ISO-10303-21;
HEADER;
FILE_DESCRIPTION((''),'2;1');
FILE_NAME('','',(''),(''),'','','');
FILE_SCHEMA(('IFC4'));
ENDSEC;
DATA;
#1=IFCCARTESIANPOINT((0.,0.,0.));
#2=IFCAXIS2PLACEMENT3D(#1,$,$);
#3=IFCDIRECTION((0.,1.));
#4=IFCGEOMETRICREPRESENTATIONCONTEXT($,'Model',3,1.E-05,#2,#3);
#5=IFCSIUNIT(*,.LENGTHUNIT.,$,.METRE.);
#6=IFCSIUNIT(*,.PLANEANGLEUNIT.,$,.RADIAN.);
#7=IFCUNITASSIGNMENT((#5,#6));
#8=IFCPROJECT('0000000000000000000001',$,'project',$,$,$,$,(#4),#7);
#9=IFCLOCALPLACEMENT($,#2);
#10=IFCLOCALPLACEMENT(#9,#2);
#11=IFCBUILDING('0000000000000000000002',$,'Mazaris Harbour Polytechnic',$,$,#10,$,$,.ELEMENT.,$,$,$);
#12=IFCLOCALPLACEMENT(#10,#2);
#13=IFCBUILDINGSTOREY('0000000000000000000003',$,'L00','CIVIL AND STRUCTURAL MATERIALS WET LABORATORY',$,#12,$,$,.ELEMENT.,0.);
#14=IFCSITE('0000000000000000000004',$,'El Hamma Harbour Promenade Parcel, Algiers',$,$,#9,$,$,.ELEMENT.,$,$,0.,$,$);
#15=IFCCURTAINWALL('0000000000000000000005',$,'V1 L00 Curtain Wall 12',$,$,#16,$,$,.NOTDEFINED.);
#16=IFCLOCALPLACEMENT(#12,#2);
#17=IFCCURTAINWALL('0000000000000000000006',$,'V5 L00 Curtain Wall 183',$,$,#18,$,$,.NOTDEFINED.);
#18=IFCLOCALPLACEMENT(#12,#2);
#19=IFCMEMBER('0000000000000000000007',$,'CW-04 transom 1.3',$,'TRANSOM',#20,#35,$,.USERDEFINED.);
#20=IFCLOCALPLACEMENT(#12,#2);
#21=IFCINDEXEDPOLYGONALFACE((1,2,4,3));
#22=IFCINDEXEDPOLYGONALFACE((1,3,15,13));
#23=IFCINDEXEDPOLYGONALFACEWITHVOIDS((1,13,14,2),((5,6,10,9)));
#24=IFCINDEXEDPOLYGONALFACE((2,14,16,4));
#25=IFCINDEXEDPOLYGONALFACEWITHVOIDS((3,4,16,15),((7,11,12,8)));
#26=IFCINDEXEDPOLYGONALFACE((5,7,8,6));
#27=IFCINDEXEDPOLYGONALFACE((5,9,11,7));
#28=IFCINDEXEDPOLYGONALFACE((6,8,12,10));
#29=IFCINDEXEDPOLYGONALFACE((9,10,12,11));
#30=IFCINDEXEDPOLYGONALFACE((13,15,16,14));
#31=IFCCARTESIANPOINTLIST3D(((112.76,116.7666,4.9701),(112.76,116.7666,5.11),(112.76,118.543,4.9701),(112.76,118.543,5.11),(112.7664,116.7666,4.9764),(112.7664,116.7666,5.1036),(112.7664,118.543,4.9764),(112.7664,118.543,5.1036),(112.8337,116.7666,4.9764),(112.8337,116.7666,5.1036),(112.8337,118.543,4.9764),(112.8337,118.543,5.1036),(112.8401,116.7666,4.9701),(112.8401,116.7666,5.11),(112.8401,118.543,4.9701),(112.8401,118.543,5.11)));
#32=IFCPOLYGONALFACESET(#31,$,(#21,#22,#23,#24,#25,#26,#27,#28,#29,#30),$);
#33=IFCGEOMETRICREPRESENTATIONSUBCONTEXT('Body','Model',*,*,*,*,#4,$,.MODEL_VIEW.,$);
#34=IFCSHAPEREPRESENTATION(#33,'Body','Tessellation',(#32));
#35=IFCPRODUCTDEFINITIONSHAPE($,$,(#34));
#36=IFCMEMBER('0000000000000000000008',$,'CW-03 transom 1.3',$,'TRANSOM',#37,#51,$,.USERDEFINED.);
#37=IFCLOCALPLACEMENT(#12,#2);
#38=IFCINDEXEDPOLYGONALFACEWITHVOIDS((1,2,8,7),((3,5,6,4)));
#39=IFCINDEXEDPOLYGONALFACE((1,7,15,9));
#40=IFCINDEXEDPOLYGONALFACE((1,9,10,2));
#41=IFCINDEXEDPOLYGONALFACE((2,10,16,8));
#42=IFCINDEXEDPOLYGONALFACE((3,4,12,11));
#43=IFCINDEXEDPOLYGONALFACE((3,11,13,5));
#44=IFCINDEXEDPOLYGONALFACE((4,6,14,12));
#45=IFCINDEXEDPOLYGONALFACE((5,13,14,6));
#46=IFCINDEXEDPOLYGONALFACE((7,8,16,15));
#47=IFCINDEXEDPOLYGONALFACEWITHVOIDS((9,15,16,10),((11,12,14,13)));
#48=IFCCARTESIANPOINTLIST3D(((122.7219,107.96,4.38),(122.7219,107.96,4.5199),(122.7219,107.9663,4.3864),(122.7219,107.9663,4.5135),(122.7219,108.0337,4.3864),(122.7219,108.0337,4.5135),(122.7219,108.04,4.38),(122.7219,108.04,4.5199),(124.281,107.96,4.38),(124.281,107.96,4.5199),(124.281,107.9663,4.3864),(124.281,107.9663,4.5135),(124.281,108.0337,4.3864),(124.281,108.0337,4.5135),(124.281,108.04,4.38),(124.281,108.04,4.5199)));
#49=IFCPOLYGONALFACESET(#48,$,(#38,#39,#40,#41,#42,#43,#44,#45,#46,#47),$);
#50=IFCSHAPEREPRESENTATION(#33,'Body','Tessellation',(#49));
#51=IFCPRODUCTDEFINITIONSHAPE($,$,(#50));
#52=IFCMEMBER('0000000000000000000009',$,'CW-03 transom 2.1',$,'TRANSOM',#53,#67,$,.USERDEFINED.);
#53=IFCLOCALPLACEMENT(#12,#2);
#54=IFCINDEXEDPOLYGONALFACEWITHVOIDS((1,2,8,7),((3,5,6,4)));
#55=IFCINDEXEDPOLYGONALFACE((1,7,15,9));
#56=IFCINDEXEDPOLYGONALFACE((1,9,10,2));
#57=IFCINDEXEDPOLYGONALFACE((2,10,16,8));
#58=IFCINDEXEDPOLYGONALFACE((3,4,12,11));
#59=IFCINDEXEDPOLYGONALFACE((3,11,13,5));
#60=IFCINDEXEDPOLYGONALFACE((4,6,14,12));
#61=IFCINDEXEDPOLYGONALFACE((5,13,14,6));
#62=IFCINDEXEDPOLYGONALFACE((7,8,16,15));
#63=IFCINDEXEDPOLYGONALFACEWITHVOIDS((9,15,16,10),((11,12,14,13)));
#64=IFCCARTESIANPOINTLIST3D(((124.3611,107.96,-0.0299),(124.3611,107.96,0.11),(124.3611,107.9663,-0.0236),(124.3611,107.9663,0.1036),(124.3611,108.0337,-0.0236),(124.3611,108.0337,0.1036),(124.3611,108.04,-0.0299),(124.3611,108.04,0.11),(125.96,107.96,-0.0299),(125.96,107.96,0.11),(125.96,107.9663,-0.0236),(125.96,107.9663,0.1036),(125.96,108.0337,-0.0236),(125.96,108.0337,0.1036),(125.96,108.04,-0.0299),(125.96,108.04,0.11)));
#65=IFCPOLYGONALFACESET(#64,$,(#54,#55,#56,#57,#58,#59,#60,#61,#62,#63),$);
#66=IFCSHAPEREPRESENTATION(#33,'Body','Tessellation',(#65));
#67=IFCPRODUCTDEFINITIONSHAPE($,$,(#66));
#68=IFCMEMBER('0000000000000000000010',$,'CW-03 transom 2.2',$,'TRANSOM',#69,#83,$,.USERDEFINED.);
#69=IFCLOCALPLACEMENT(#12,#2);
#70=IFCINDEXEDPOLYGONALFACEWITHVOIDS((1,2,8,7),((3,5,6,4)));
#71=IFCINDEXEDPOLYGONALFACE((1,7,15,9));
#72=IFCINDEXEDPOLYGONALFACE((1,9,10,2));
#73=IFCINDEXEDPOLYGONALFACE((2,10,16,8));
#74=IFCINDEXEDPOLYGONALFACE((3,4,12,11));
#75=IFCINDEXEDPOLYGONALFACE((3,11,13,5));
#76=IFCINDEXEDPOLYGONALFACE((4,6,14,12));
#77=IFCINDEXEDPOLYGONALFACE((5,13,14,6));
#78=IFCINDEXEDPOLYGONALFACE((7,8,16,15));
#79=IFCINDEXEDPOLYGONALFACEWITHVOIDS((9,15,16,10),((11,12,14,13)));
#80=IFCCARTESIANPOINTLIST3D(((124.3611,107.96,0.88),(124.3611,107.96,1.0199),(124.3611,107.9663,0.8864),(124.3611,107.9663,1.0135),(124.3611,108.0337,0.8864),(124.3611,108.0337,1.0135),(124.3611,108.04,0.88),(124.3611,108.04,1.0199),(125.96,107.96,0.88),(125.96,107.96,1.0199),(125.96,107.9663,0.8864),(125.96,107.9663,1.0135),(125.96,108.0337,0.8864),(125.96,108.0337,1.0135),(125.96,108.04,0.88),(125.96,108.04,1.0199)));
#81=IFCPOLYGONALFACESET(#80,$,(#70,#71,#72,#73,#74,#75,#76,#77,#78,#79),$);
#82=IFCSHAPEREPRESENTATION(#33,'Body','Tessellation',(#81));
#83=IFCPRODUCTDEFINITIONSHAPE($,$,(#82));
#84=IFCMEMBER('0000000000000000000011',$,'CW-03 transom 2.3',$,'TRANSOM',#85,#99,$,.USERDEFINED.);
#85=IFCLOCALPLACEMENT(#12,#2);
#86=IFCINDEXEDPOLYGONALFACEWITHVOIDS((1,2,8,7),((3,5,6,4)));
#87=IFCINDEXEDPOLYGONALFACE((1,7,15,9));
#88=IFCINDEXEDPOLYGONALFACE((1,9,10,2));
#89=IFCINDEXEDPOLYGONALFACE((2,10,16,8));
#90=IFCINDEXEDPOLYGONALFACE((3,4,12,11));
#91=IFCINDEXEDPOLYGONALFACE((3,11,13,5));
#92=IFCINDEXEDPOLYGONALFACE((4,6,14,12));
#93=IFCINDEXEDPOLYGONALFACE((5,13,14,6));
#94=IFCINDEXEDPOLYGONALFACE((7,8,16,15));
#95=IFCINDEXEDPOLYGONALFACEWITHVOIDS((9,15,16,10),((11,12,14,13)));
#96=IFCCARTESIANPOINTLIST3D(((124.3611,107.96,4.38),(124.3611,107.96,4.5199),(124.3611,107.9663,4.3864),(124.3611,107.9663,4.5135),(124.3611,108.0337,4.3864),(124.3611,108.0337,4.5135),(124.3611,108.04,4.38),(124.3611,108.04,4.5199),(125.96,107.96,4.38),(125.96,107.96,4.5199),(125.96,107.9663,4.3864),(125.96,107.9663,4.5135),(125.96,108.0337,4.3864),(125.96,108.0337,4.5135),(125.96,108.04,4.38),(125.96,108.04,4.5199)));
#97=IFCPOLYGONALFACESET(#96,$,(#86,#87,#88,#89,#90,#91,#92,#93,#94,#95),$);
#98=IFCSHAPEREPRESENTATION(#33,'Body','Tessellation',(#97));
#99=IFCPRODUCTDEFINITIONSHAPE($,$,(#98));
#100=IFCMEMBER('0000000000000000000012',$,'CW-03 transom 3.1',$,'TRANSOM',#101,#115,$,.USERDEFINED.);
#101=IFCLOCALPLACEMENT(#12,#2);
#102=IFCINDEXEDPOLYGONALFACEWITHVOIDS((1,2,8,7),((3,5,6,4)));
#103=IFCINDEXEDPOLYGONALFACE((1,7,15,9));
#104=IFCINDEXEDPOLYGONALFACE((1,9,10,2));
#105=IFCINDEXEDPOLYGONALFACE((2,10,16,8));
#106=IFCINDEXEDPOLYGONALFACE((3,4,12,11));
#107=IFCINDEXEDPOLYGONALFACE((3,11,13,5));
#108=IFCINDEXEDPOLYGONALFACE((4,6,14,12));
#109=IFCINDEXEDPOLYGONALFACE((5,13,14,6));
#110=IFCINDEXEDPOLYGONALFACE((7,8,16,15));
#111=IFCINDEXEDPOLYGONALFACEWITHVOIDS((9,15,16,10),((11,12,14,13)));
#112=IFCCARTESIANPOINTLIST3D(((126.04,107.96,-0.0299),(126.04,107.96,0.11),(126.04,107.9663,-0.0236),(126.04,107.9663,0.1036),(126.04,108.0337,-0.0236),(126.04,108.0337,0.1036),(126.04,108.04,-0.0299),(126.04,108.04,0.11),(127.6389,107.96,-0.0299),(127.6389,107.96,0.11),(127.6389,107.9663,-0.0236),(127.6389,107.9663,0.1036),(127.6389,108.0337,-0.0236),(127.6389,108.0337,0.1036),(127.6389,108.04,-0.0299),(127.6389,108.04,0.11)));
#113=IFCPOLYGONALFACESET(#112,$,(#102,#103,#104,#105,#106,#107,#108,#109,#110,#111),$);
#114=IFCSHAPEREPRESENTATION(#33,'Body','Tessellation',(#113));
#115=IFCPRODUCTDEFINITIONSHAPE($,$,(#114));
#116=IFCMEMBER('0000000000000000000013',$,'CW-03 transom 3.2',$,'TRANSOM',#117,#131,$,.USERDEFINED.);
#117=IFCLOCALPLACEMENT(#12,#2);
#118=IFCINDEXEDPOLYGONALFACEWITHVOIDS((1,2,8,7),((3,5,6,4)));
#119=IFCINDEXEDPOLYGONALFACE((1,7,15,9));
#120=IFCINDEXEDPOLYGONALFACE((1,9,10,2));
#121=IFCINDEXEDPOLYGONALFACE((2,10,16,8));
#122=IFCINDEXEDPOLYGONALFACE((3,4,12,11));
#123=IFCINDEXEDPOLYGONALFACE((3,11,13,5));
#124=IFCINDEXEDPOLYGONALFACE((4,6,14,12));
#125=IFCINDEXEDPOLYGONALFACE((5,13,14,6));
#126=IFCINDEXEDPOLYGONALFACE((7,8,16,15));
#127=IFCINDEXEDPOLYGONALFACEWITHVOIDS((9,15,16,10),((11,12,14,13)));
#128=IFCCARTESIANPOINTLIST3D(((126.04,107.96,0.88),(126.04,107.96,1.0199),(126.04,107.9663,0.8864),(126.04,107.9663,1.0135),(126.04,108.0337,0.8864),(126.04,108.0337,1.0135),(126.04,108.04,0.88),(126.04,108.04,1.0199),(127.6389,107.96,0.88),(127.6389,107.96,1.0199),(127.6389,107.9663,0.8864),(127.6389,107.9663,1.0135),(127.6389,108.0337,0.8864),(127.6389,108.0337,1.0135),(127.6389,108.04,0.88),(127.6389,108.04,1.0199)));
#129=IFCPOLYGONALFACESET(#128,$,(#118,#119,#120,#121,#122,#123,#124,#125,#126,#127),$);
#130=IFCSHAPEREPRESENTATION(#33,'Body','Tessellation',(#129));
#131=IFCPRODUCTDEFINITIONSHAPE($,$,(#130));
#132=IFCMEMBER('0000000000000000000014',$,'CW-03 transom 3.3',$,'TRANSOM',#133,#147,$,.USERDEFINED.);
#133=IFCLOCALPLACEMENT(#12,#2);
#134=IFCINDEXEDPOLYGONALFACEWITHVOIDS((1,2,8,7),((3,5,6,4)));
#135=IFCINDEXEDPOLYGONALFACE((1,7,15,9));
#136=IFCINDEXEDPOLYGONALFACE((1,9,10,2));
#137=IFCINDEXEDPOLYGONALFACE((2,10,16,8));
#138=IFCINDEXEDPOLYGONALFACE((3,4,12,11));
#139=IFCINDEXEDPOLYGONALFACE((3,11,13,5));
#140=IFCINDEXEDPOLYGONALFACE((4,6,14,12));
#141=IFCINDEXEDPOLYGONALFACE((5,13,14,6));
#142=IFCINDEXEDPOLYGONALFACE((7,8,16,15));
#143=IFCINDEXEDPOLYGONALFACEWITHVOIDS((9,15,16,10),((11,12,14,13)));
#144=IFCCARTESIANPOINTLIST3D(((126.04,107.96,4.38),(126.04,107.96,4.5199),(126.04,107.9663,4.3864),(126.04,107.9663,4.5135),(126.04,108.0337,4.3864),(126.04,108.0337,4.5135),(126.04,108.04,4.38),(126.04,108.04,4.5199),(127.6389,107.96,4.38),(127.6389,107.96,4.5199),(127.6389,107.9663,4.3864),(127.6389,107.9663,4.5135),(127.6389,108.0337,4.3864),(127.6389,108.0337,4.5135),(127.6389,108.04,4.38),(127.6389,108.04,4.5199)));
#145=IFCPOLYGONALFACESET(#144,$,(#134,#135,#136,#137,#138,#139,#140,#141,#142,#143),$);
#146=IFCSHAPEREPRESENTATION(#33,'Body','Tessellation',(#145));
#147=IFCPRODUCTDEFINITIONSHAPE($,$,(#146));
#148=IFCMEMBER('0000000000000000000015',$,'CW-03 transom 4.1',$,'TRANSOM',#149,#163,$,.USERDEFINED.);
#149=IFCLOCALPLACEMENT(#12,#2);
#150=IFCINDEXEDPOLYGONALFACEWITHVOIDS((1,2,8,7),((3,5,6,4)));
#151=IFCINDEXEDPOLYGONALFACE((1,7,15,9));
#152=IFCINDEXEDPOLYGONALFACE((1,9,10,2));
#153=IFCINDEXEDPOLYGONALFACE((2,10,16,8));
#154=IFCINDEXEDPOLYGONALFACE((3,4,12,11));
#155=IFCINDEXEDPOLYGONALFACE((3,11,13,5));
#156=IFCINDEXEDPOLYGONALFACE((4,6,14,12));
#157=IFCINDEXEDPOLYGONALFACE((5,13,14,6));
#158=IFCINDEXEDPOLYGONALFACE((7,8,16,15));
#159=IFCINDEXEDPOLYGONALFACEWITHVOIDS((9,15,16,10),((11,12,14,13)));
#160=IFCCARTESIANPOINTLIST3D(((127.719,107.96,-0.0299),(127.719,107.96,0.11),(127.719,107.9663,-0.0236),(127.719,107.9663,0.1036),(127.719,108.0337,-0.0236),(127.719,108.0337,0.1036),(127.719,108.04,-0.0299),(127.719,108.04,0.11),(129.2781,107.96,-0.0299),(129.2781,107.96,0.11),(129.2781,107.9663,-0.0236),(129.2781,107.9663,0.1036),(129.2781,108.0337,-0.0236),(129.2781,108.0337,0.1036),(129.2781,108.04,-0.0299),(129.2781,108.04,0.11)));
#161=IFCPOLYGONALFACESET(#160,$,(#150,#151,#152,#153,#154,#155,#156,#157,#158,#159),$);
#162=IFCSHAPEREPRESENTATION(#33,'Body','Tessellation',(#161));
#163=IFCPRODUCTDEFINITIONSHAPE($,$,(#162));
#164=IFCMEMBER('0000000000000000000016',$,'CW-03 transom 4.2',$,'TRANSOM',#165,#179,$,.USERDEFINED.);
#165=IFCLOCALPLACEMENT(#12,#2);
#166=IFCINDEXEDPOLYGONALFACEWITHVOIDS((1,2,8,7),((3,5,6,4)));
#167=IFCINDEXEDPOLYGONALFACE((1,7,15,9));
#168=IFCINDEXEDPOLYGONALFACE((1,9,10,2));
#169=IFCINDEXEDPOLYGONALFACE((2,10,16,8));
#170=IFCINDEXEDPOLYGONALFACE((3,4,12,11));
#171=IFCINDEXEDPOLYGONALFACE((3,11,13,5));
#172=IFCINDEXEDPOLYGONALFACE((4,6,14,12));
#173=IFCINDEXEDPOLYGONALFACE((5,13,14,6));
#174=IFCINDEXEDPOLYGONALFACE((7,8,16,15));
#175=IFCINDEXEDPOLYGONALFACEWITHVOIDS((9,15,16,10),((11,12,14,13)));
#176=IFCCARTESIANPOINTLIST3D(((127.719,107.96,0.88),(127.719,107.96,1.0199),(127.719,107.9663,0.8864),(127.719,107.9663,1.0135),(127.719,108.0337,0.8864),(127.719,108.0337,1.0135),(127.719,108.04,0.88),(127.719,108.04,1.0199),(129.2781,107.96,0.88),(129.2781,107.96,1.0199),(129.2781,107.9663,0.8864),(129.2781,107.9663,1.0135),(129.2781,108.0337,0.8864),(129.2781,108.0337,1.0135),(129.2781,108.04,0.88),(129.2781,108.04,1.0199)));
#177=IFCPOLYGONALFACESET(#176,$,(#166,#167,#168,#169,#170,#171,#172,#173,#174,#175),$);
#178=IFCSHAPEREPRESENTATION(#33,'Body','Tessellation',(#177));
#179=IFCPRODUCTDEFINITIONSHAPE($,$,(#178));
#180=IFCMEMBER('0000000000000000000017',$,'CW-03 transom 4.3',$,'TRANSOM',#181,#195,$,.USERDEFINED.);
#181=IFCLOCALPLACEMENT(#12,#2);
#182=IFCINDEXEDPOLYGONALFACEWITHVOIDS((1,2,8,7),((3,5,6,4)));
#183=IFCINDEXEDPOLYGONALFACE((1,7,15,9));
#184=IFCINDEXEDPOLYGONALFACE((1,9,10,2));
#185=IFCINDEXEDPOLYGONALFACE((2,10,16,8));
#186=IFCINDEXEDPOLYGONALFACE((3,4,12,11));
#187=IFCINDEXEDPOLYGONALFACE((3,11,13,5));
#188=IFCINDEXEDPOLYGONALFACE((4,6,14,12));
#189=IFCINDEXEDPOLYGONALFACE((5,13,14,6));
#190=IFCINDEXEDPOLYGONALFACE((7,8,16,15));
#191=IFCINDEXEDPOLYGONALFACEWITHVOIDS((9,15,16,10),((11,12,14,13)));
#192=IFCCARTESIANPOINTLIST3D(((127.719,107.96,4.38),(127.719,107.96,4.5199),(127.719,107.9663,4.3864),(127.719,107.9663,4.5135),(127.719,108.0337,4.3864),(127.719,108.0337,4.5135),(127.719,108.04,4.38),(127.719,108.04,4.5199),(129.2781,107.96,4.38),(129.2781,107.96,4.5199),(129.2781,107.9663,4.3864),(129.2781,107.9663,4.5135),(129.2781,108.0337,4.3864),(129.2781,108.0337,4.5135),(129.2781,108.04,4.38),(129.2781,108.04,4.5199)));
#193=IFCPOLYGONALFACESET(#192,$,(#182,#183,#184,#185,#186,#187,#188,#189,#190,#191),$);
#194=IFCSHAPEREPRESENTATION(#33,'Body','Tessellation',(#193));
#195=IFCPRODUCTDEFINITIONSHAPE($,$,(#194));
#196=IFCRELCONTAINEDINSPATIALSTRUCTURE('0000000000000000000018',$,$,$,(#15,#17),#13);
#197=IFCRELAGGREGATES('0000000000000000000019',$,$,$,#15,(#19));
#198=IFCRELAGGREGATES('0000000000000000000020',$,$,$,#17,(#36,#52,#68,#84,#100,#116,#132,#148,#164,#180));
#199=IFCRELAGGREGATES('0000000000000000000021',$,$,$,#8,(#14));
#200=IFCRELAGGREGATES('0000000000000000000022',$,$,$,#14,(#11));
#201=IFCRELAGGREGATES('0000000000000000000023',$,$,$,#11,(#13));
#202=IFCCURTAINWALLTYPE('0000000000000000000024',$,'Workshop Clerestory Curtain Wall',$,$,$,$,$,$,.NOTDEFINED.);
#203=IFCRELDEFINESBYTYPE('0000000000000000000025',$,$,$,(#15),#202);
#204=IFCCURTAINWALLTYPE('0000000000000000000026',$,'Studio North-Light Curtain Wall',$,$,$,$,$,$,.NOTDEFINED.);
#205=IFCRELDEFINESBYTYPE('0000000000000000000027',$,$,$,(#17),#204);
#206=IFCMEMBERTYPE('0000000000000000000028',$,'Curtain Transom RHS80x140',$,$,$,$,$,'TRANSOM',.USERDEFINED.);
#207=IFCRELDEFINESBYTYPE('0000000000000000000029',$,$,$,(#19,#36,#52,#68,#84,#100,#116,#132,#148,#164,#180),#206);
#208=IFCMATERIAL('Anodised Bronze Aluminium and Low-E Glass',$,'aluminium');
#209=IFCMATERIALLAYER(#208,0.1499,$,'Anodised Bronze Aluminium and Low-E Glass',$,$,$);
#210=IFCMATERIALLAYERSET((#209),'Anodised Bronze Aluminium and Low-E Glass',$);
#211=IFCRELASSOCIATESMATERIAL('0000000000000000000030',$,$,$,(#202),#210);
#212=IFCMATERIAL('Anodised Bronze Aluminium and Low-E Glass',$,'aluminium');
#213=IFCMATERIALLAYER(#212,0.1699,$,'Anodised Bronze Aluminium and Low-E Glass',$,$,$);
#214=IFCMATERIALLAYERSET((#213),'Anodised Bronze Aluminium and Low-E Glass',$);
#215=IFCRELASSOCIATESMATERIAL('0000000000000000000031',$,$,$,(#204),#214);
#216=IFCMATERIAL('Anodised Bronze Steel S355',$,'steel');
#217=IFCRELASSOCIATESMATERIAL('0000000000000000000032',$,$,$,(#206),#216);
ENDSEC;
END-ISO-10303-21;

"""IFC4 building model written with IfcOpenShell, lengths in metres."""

from ifc_helpers import new_model, si_unit, direction, frame, origin, origin_2d, place, context, subcontext, project, spatial, hollow_rectangle, extrude, material, layer, layer_set, material_profile, profile_set, type_object, element, aggregate, save


model = new_model("IFC4")

# Units and contexts
model_context = context("Model", 3, precision=1e-05, world=origin(), true_north=direction((0.0, 1.0)))
body_context = subcontext(model_context, "Body", "Model", "MODEL_VIEW")
ifc_project = project(units=[si_unit("LENGTHUNIT", "METRE"), si_unit("PLANEANGLEUNIT", "RADIAN")], contexts=[model_context])

# Site, building, storey
site_placement = place(None, origin())
site = spatial("IfcSite", under=ifc_project, at=site_placement, Name="El Hamma Harbour Promenade Parcel, Algiers", CompositionType="ELEMENT", RefElevation=0.0)
building_placement = place(site_placement, origin())
building = spatial("IfcBuilding", under=site, at=building_placement, Name="Mazaris Harbour Polytechnic", CompositionType="ELEMENT")
storey_placement = place(building_placement, origin())
storey = spatial("IfcBuildingStorey", under=building, at=storey_placement, Name="L00", Description="CIVIL AND STRUCTURAL MATERIALS WET LABORATORY", CompositionType="ELEMENT", Elevation=0.0)

# Curtain wall
ifc_material_1 = material(Name="Anodised Bronze Aluminium and Low-E Glass", Category="aluminium")
ifc_layer_1 = layer(ifc_material_1, 0.1499, Name="Anodised Bronze Aluminium and Low-E Glass")
ifc_layer_set_1 = layer_set([ifc_layer_1], Name="Anodised Bronze Aluminium and Low-E Glass")
curtain_wall_type_1 = type_object("IfcCurtainWallType", Name="Workshop Clerestory Curtain Wall", PredefinedType="NOTDEFINED", material=ifc_layer_set_1)
curtain_wall_1_placement = place(storey_placement, origin())
curtain_wall_1 = element("IfcCurtainWall", 1, at=curtain_wall_1_placement, inside=storey, type_object=curtain_wall_type_1, Name="V1 L00 Curtain Wall 12", PredefinedType="NOTDEFINED")

# Curtain wall
ifc_material_2 = material(Name="Anodised Bronze Aluminium and Low-E Glass", Category="aluminium")
ifc_layer_2 = layer(ifc_material_2, 0.1699, Name="Anodised Bronze Aluminium and Low-E Glass")
ifc_layer_set_2 = layer_set([ifc_layer_2], Name="Anodised Bronze Aluminium and Low-E Glass")
curtain_wall_type_2 = type_object("IfcCurtainWallType", Name="Studio North-Light Curtain Wall", PredefinedType="NOTDEFINED", material=ifc_layer_set_2)
curtain_wall_2_placement = place(storey_placement, origin())
curtain_wall_2 = element("IfcCurtainWall", 2, at=curtain_wall_2_placement, inside=storey, type_object=curtain_wall_type_2, Name="V5 L00 Curtain Wall 183", PredefinedType="NOTDEFINED")

# Members
ifc_material_3 = material(Name="Anodised Bronze Steel S355", Category="steel")
ifc_material_profile_1 = material_profile(ifc_material_3, hollow_rectangle(XDim=0.0801, YDim=0.1399, WallThickness=0.0063, at=origin_2d()), Name="RHS 80x140x6.3")
ifc_profile_set_1 = profile_set([ifc_material_profile_1], Name="Anodised Bronze Steel S355")
member_type_1 = type_object("IfcMemberType", Name="Curtain Transom RHS80x140", ElementType="TRANSOM", PredefinedType="USERDEFINED", material=ifc_profile_set_1)
member_1_placement = place(storey_placement, frame((112.8, 118.543, 5.04), z_axis=(0.0, -1.0, 0.0), x_axis=(1.0, 0.0, 0.0)))
member_1 = element("IfcMember", 3, at=member_1_placement, type_object=member_type_1, Name="CW-04 transom 1.3", ObjectType="TRANSOM", PredefinedType="USERDEFINED", context=body_context, shape_type="SweptSolid", body=[
    extrude(hollow_rectangle(XDim=0.0801, YDim=0.1399, WallThickness=0.0063, at=origin_2d()), origin(), (0.0, 0.0, 1.0), 1.7764),
])
member_2_placement = place(storey_placement, frame((122.7219, 108.0, 4.45), z_axis=(1.0, 0.0, 0.0), x_axis=(0.0, 1.0, 0.0)))
member_2 = element("IfcMember", 4, at=member_2_placement, type_object=member_type_1, Name="CW-03 transom 1.3", ObjectType="TRANSOM", PredefinedType="USERDEFINED", context=body_context, shape_type="SweptSolid", body=[
    extrude(hollow_rectangle(XDim=0.0801, YDim=0.1399, WallThickness=0.0063, at=origin_2d()), origin(), (0.0, 0.0, 1.0), 1.5591),
])
member_3_placement = place(storey_placement, frame((124.3611, 108.0, 0.04), z_axis=(1.0, 0.0, 0.0), x_axis=(0.0, 1.0, 0.0)))
member_3 = element("IfcMember", 5, at=member_3_placement, type_object=member_type_1, Name="CW-03 transom 2.1", ObjectType="TRANSOM", PredefinedType="USERDEFINED", context=body_context, shape_type="SweptSolid", body=[
    extrude(hollow_rectangle(XDim=0.0801, YDim=0.1399, WallThickness=0.0063, at=origin_2d()), origin(), (0.0, 0.0, 1.0), 1.5989),
])
member_4_placement = place(storey_placement, frame((124.3611, 108.0, 0.95), z_axis=(1.0, 0.0, 0.0), x_axis=(0.0, 1.0, 0.0)))
member_4 = element("IfcMember", 6, at=member_4_placement, type_object=member_type_1, Name="CW-03 transom 2.2", ObjectType="TRANSOM", PredefinedType="USERDEFINED", context=body_context, shape_type="SweptSolid", body=[
    extrude(hollow_rectangle(XDim=0.0801, YDim=0.1399, WallThickness=0.0063, at=origin_2d()), origin(), (0.0, 0.0, 1.0), 1.5989),
])
member_5_placement = place(storey_placement, frame((124.3611, 108.0, 4.45), z_axis=(1.0, 0.0, 0.0), x_axis=(0.0, 1.0, 0.0)))
member_5 = element("IfcMember", 7, at=member_5_placement, type_object=member_type_1, Name="CW-03 transom 2.3", ObjectType="TRANSOM", PredefinedType="USERDEFINED", context=body_context, shape_type="SweptSolid", body=[
    extrude(hollow_rectangle(XDim=0.0801, YDim=0.1399, WallThickness=0.0063, at=origin_2d()), origin(), (0.0, 0.0, 1.0), 1.5989),
])
member_6_placement = place(storey_placement, frame((126.04, 108.0, 0.04), z_axis=(1.0, 0.0, 0.0), x_axis=(0.0, 1.0, 0.0)))
member_6 = element("IfcMember", 8, at=member_6_placement, type_object=member_type_1, Name="CW-03 transom 3.1", ObjectType="TRANSOM", PredefinedType="USERDEFINED", context=body_context, shape_type="SweptSolid", body=[
    extrude(hollow_rectangle(XDim=0.0801, YDim=0.1399, WallThickness=0.0063, at=origin_2d()), origin(), (0.0, 0.0, 1.0), 1.5989),
])
member_7_placement = place(storey_placement, frame((126.04, 108.0, 0.95), z_axis=(1.0, 0.0, 0.0), x_axis=(0.0, 1.0, 0.0)))
member_7 = element("IfcMember", 9, at=member_7_placement, type_object=member_type_1, Name="CW-03 transom 3.2", ObjectType="TRANSOM", PredefinedType="USERDEFINED", context=body_context, shape_type="SweptSolid", body=[
    extrude(hollow_rectangle(XDim=0.0801, YDim=0.1399, WallThickness=0.0063, at=origin_2d()), origin(), (0.0, 0.0, 1.0), 1.5989),
])
member_8_placement = place(storey_placement, frame((126.04, 108.0, 4.45), z_axis=(1.0, 0.0, 0.0), x_axis=(0.0, 1.0, 0.0)))
member_8 = element("IfcMember", 10, at=member_8_placement, type_object=member_type_1, Name="CW-03 transom 3.3", ObjectType="TRANSOM", PredefinedType="USERDEFINED", context=body_context, shape_type="SweptSolid", body=[
    extrude(hollow_rectangle(XDim=0.0801, YDim=0.1399, WallThickness=0.0063, at=origin_2d()), origin(), (0.0, 0.0, 1.0), 1.5989),
])
member_9_placement = place(storey_placement, frame((127.719, 108.0, 0.04), z_axis=(1.0, 0.0, 0.0), x_axis=(0.0, 1.0, 0.0)))
member_9 = element("IfcMember", 11, at=member_9_placement, type_object=member_type_1, Name="CW-03 transom 4.1", ObjectType="TRANSOM", PredefinedType="USERDEFINED", context=body_context, shape_type="SweptSolid", body=[
    extrude(hollow_rectangle(XDim=0.0801, YDim=0.1399, WallThickness=0.0063, at=origin_2d()), origin(), (0.0, 0.0, 1.0), 1.5591),
])
member_10_placement = place(storey_placement, frame((127.719, 108.0, 0.95), z_axis=(1.0, 0.0, 0.0), x_axis=(0.0, 1.0, 0.0)))
member_10 = element("IfcMember", 12, at=member_10_placement, type_object=member_type_1, Name="CW-03 transom 4.2", ObjectType="TRANSOM", PredefinedType="USERDEFINED", context=body_context, shape_type="SweptSolid", body=[
    extrude(hollow_rectangle(XDim=0.0801, YDim=0.1399, WallThickness=0.0063, at=origin_2d()), origin(), (0.0, 0.0, 1.0), 1.5591),
])
member_11_placement = place(storey_placement, frame((127.719, 108.0, 4.45), z_axis=(1.0, 0.0, 0.0), x_axis=(0.0, 1.0, 0.0)))
member_11 = element("IfcMember", 13, at=member_11_placement, type_object=member_type_1, Name="CW-03 transom 4.3", ObjectType="TRANSOM", PredefinedType="USERDEFINED", context=body_context, shape_type="SweptSolid", body=[
    extrude(hollow_rectangle(XDim=0.0801, YDim=0.1399, WallThickness=0.0063, at=origin_2d()), origin(), (0.0, 0.0, 1.0), 1.5591),
])

aggregate(curtain_wall_1, [member_1])
aggregate(curtain_wall_2, [member_2, member_3, member_4, member_5, member_6, member_7, member_8, member_9, member_10, member_11])

save(model, "model.ifc")
